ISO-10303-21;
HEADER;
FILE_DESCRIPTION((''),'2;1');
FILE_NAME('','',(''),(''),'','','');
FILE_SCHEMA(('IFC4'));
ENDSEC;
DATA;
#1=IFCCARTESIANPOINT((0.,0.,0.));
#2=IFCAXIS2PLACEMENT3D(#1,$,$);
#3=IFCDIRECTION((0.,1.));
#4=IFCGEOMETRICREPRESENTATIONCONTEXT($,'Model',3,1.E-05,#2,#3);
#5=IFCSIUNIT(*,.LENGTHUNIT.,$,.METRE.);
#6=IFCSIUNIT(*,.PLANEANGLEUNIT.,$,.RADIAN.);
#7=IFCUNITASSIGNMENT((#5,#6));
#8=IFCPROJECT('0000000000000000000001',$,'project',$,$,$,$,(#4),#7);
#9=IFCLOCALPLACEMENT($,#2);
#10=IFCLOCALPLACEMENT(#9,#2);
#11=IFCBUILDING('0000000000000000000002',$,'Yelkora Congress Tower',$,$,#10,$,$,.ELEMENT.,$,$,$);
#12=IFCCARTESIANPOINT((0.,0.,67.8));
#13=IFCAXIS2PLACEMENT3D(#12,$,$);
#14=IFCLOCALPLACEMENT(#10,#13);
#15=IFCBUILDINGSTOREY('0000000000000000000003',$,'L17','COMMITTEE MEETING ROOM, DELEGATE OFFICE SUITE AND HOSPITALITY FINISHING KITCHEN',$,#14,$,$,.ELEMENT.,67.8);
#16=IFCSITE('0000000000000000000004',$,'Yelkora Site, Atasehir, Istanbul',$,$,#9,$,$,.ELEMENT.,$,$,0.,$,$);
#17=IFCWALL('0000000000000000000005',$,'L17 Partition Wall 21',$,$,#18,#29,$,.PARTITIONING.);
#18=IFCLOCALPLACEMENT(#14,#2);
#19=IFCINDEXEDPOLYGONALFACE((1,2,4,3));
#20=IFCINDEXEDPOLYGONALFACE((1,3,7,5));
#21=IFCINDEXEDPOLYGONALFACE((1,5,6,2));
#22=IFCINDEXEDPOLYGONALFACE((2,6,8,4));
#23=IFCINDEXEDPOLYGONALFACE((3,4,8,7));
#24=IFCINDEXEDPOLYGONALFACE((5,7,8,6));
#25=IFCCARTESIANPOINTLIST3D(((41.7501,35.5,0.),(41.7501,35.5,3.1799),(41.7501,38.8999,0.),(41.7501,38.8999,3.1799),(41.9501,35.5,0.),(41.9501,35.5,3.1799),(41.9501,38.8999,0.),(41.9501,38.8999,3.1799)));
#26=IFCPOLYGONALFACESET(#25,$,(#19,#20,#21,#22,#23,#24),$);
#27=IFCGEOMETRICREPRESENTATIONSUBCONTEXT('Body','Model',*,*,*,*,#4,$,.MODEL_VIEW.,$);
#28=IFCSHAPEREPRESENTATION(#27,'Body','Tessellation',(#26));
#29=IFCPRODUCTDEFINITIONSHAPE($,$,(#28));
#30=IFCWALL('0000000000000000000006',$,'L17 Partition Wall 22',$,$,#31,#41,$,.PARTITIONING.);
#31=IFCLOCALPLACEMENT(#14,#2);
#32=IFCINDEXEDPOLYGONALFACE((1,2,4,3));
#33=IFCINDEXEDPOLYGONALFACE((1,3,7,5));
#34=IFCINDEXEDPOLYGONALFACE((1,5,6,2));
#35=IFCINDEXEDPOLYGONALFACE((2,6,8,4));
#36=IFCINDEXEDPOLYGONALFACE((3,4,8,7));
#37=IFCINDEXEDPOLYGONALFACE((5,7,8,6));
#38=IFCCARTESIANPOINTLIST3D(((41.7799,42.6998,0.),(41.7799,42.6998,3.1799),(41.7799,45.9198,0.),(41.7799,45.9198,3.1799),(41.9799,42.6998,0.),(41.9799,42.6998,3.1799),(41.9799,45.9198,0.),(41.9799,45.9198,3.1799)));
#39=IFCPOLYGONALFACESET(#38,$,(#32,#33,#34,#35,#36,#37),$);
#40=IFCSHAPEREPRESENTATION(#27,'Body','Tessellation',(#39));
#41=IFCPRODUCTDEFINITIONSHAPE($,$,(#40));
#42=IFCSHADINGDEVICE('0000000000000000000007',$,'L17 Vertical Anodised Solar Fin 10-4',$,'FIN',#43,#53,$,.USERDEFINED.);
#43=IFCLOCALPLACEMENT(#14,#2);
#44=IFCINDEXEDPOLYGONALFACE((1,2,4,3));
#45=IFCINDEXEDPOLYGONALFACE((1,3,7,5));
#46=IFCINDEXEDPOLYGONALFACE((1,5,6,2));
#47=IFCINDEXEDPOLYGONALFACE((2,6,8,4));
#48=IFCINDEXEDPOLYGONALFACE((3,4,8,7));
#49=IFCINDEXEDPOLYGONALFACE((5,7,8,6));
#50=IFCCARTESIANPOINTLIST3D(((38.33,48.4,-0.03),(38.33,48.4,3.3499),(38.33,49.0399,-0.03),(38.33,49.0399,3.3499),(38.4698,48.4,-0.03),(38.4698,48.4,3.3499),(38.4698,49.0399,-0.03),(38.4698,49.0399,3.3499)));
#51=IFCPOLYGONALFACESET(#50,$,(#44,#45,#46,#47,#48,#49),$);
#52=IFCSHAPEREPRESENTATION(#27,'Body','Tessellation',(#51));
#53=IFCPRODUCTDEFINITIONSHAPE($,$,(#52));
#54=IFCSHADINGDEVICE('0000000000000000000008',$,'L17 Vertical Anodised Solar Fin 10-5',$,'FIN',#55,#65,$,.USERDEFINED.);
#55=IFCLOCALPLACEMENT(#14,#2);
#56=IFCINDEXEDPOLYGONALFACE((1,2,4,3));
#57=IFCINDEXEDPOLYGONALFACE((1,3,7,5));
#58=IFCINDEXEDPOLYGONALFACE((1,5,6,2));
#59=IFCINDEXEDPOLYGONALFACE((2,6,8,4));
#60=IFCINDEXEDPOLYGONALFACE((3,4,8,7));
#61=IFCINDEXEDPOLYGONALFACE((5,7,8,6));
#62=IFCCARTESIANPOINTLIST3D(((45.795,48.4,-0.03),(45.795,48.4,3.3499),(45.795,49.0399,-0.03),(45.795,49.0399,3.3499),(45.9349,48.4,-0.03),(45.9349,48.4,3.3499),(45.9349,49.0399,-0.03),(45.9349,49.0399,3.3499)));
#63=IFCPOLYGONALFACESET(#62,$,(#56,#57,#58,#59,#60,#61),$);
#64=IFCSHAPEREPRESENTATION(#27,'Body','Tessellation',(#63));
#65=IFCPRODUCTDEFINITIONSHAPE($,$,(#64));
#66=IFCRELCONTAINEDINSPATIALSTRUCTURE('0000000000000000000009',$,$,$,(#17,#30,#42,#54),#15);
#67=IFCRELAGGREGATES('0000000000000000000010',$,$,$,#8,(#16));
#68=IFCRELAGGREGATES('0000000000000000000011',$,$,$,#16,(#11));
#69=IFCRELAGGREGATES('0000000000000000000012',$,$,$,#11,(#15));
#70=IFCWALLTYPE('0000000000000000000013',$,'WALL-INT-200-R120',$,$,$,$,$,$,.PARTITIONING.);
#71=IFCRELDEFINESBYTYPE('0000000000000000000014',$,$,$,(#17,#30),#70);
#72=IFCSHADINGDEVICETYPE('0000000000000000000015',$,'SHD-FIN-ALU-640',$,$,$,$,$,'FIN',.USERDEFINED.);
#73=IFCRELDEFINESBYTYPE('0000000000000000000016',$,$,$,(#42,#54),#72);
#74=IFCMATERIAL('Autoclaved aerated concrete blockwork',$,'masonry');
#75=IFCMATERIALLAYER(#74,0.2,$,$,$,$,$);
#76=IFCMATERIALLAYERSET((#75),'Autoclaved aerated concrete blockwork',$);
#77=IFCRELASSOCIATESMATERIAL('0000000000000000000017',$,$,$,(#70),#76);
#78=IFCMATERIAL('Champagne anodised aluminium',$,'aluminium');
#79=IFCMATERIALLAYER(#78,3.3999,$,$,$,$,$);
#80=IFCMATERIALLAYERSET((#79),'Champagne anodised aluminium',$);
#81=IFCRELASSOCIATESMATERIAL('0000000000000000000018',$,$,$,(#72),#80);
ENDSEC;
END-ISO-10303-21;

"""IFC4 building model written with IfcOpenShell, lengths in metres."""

from ifc_helpers import new_model, si_unit, direction, frame, frame_2d, origin, origin_2d, place, context, subcontext, project, spatial, rectangle, extrude, material, layer, layer_set, type_object, element, save


model = new_model("IFC4")

# Units and contexts
model_context = context("Model", 3, precision=1e-05, world=origin(), true_north=direction((0.0, 1.0)))
body_context = subcontext(model_context, "Body", "Model", "MODEL_VIEW")
ifc_project = project(units=[si_unit("LENGTHUNIT", "METRE"), si_unit("PLANEANGLEUNIT", "RADIAN")], contexts=[model_context])

# Site, building, storey
site_placement = place(None, origin())
site = spatial("IfcSite", under=ifc_project, at=site_placement, Name="Yelkora Site, Atasehir, Istanbul", CompositionType="ELEMENT", RefElevation=0.0)
building_placement = place(site_placement, origin())
building = spatial("IfcBuilding", under=site, at=building_placement, Name="Yelkora Congress Tower", CompositionType="ELEMENT")
storey_placement = place(building_placement, frame((0.0, 0.0, 67.8)))
storey = spatial("IfcBuildingStorey", under=building, at=storey_placement, Name="L17", Description="COMMITTEE MEETING ROOM, DELEGATE OFFICE SUITE AND HOSPITALITY FINISHING KITCHEN", CompositionType="ELEMENT", Elevation=67.8)

# Walls
ifc_material_1 = material(Name="Autoclaved aerated concrete blockwork", Category="masonry")
ifc_layer_1 = layer(ifc_material_1, 0.2)
ifc_layer_set_1 = layer_set([ifc_layer_1], Name="Autoclaved aerated concrete blockwork")
wall_type_1 = type_object("IfcWallType", Name="WALL-INT-200-R120", PredefinedType="PARTITIONING", material=ifc_layer_set_1)
wall_1_placement = place(storey_placement, frame((41.8501, 35.5, 0.0), z_axis=(0.0, 0.0, 1.0), x_axis=(0.0, 1.0, 0.0)))
element("IfcWall", 1, at=wall_1_placement, inside=storey, type_object=wall_type_1, Name="L17 Partition Wall 21", PredefinedType="PARTITIONING", context=body_context, shape_type="SweptSolid", body=[
    extrude(rectangle(XDim=3.3999, YDim=0.2, at=frame_2d((1.7, 0.0))), origin(), (0.0, 0.0, 1.0), 3.1799),
])
wall_2_placement = place(storey_placement, frame((41.8799, 42.7, 0.0), z_axis=(0.0, 0.0, 1.0), x_axis=(0.0, 1.0, 0.0)))
element("IfcWall", 2, at=wall_2_placement, inside=storey, type_object=wall_type_1, Name="L17 Partition Wall 22", PredefinedType="PARTITIONING", context=body_context, shape_type="SweptSolid", body=[
    extrude(rectangle(XDim=3.22, YDim=0.2, at=frame_2d((1.6099, 0.0))), origin(), (0.0, 0.0, 1.0), 3.1799),
])

# Shading devices
ifc_material_2 = material(Name="Champagne anodised aluminium", Category="aluminium")
ifc_layer_2 = layer(ifc_material_2, 3.3999)
ifc_layer_set_2 = layer_set([ifc_layer_2], Name="Champagne anodised aluminium")
shading_device_type = type_object("IfcShadingDeviceType", Name="SHD-FIN-ALU-640", ElementType="FIN", PredefinedType="USERDEFINED", material=ifc_layer_set_2)
for number, where, z_axis, x_axis, name in (
    (3, (38.3999, 48.72, -0.03), (0.0, 0.0, 1.0), (1.0, 0.0, 0.0), "L17 Vertical Anodised Solar Fin 10-4"),
    (4, (45.865, 48.72, -0.03), (0.0, 0.0, 1.0), (1.0, 0.0, 0.0), "L17 Vertical Anodised Solar Fin 10-5"),
):
    element("IfcShadingDevice", number, at=place(storey_placement, frame(where, z_axis=z_axis, x_axis=x_axis)), inside=storey, type_object=shading_device_type, Name=name, ObjectType="FIN", PredefinedType="USERDEFINED", context=body_context, shape_type="SweptSolid", body=[
        extrude(rectangle(XDim=0.1399, YDim=0.6399, at=origin_2d()), origin(), (0.0, 0.0, 1.0), 3.3799),
    ])

save(model, "model.ifc")
